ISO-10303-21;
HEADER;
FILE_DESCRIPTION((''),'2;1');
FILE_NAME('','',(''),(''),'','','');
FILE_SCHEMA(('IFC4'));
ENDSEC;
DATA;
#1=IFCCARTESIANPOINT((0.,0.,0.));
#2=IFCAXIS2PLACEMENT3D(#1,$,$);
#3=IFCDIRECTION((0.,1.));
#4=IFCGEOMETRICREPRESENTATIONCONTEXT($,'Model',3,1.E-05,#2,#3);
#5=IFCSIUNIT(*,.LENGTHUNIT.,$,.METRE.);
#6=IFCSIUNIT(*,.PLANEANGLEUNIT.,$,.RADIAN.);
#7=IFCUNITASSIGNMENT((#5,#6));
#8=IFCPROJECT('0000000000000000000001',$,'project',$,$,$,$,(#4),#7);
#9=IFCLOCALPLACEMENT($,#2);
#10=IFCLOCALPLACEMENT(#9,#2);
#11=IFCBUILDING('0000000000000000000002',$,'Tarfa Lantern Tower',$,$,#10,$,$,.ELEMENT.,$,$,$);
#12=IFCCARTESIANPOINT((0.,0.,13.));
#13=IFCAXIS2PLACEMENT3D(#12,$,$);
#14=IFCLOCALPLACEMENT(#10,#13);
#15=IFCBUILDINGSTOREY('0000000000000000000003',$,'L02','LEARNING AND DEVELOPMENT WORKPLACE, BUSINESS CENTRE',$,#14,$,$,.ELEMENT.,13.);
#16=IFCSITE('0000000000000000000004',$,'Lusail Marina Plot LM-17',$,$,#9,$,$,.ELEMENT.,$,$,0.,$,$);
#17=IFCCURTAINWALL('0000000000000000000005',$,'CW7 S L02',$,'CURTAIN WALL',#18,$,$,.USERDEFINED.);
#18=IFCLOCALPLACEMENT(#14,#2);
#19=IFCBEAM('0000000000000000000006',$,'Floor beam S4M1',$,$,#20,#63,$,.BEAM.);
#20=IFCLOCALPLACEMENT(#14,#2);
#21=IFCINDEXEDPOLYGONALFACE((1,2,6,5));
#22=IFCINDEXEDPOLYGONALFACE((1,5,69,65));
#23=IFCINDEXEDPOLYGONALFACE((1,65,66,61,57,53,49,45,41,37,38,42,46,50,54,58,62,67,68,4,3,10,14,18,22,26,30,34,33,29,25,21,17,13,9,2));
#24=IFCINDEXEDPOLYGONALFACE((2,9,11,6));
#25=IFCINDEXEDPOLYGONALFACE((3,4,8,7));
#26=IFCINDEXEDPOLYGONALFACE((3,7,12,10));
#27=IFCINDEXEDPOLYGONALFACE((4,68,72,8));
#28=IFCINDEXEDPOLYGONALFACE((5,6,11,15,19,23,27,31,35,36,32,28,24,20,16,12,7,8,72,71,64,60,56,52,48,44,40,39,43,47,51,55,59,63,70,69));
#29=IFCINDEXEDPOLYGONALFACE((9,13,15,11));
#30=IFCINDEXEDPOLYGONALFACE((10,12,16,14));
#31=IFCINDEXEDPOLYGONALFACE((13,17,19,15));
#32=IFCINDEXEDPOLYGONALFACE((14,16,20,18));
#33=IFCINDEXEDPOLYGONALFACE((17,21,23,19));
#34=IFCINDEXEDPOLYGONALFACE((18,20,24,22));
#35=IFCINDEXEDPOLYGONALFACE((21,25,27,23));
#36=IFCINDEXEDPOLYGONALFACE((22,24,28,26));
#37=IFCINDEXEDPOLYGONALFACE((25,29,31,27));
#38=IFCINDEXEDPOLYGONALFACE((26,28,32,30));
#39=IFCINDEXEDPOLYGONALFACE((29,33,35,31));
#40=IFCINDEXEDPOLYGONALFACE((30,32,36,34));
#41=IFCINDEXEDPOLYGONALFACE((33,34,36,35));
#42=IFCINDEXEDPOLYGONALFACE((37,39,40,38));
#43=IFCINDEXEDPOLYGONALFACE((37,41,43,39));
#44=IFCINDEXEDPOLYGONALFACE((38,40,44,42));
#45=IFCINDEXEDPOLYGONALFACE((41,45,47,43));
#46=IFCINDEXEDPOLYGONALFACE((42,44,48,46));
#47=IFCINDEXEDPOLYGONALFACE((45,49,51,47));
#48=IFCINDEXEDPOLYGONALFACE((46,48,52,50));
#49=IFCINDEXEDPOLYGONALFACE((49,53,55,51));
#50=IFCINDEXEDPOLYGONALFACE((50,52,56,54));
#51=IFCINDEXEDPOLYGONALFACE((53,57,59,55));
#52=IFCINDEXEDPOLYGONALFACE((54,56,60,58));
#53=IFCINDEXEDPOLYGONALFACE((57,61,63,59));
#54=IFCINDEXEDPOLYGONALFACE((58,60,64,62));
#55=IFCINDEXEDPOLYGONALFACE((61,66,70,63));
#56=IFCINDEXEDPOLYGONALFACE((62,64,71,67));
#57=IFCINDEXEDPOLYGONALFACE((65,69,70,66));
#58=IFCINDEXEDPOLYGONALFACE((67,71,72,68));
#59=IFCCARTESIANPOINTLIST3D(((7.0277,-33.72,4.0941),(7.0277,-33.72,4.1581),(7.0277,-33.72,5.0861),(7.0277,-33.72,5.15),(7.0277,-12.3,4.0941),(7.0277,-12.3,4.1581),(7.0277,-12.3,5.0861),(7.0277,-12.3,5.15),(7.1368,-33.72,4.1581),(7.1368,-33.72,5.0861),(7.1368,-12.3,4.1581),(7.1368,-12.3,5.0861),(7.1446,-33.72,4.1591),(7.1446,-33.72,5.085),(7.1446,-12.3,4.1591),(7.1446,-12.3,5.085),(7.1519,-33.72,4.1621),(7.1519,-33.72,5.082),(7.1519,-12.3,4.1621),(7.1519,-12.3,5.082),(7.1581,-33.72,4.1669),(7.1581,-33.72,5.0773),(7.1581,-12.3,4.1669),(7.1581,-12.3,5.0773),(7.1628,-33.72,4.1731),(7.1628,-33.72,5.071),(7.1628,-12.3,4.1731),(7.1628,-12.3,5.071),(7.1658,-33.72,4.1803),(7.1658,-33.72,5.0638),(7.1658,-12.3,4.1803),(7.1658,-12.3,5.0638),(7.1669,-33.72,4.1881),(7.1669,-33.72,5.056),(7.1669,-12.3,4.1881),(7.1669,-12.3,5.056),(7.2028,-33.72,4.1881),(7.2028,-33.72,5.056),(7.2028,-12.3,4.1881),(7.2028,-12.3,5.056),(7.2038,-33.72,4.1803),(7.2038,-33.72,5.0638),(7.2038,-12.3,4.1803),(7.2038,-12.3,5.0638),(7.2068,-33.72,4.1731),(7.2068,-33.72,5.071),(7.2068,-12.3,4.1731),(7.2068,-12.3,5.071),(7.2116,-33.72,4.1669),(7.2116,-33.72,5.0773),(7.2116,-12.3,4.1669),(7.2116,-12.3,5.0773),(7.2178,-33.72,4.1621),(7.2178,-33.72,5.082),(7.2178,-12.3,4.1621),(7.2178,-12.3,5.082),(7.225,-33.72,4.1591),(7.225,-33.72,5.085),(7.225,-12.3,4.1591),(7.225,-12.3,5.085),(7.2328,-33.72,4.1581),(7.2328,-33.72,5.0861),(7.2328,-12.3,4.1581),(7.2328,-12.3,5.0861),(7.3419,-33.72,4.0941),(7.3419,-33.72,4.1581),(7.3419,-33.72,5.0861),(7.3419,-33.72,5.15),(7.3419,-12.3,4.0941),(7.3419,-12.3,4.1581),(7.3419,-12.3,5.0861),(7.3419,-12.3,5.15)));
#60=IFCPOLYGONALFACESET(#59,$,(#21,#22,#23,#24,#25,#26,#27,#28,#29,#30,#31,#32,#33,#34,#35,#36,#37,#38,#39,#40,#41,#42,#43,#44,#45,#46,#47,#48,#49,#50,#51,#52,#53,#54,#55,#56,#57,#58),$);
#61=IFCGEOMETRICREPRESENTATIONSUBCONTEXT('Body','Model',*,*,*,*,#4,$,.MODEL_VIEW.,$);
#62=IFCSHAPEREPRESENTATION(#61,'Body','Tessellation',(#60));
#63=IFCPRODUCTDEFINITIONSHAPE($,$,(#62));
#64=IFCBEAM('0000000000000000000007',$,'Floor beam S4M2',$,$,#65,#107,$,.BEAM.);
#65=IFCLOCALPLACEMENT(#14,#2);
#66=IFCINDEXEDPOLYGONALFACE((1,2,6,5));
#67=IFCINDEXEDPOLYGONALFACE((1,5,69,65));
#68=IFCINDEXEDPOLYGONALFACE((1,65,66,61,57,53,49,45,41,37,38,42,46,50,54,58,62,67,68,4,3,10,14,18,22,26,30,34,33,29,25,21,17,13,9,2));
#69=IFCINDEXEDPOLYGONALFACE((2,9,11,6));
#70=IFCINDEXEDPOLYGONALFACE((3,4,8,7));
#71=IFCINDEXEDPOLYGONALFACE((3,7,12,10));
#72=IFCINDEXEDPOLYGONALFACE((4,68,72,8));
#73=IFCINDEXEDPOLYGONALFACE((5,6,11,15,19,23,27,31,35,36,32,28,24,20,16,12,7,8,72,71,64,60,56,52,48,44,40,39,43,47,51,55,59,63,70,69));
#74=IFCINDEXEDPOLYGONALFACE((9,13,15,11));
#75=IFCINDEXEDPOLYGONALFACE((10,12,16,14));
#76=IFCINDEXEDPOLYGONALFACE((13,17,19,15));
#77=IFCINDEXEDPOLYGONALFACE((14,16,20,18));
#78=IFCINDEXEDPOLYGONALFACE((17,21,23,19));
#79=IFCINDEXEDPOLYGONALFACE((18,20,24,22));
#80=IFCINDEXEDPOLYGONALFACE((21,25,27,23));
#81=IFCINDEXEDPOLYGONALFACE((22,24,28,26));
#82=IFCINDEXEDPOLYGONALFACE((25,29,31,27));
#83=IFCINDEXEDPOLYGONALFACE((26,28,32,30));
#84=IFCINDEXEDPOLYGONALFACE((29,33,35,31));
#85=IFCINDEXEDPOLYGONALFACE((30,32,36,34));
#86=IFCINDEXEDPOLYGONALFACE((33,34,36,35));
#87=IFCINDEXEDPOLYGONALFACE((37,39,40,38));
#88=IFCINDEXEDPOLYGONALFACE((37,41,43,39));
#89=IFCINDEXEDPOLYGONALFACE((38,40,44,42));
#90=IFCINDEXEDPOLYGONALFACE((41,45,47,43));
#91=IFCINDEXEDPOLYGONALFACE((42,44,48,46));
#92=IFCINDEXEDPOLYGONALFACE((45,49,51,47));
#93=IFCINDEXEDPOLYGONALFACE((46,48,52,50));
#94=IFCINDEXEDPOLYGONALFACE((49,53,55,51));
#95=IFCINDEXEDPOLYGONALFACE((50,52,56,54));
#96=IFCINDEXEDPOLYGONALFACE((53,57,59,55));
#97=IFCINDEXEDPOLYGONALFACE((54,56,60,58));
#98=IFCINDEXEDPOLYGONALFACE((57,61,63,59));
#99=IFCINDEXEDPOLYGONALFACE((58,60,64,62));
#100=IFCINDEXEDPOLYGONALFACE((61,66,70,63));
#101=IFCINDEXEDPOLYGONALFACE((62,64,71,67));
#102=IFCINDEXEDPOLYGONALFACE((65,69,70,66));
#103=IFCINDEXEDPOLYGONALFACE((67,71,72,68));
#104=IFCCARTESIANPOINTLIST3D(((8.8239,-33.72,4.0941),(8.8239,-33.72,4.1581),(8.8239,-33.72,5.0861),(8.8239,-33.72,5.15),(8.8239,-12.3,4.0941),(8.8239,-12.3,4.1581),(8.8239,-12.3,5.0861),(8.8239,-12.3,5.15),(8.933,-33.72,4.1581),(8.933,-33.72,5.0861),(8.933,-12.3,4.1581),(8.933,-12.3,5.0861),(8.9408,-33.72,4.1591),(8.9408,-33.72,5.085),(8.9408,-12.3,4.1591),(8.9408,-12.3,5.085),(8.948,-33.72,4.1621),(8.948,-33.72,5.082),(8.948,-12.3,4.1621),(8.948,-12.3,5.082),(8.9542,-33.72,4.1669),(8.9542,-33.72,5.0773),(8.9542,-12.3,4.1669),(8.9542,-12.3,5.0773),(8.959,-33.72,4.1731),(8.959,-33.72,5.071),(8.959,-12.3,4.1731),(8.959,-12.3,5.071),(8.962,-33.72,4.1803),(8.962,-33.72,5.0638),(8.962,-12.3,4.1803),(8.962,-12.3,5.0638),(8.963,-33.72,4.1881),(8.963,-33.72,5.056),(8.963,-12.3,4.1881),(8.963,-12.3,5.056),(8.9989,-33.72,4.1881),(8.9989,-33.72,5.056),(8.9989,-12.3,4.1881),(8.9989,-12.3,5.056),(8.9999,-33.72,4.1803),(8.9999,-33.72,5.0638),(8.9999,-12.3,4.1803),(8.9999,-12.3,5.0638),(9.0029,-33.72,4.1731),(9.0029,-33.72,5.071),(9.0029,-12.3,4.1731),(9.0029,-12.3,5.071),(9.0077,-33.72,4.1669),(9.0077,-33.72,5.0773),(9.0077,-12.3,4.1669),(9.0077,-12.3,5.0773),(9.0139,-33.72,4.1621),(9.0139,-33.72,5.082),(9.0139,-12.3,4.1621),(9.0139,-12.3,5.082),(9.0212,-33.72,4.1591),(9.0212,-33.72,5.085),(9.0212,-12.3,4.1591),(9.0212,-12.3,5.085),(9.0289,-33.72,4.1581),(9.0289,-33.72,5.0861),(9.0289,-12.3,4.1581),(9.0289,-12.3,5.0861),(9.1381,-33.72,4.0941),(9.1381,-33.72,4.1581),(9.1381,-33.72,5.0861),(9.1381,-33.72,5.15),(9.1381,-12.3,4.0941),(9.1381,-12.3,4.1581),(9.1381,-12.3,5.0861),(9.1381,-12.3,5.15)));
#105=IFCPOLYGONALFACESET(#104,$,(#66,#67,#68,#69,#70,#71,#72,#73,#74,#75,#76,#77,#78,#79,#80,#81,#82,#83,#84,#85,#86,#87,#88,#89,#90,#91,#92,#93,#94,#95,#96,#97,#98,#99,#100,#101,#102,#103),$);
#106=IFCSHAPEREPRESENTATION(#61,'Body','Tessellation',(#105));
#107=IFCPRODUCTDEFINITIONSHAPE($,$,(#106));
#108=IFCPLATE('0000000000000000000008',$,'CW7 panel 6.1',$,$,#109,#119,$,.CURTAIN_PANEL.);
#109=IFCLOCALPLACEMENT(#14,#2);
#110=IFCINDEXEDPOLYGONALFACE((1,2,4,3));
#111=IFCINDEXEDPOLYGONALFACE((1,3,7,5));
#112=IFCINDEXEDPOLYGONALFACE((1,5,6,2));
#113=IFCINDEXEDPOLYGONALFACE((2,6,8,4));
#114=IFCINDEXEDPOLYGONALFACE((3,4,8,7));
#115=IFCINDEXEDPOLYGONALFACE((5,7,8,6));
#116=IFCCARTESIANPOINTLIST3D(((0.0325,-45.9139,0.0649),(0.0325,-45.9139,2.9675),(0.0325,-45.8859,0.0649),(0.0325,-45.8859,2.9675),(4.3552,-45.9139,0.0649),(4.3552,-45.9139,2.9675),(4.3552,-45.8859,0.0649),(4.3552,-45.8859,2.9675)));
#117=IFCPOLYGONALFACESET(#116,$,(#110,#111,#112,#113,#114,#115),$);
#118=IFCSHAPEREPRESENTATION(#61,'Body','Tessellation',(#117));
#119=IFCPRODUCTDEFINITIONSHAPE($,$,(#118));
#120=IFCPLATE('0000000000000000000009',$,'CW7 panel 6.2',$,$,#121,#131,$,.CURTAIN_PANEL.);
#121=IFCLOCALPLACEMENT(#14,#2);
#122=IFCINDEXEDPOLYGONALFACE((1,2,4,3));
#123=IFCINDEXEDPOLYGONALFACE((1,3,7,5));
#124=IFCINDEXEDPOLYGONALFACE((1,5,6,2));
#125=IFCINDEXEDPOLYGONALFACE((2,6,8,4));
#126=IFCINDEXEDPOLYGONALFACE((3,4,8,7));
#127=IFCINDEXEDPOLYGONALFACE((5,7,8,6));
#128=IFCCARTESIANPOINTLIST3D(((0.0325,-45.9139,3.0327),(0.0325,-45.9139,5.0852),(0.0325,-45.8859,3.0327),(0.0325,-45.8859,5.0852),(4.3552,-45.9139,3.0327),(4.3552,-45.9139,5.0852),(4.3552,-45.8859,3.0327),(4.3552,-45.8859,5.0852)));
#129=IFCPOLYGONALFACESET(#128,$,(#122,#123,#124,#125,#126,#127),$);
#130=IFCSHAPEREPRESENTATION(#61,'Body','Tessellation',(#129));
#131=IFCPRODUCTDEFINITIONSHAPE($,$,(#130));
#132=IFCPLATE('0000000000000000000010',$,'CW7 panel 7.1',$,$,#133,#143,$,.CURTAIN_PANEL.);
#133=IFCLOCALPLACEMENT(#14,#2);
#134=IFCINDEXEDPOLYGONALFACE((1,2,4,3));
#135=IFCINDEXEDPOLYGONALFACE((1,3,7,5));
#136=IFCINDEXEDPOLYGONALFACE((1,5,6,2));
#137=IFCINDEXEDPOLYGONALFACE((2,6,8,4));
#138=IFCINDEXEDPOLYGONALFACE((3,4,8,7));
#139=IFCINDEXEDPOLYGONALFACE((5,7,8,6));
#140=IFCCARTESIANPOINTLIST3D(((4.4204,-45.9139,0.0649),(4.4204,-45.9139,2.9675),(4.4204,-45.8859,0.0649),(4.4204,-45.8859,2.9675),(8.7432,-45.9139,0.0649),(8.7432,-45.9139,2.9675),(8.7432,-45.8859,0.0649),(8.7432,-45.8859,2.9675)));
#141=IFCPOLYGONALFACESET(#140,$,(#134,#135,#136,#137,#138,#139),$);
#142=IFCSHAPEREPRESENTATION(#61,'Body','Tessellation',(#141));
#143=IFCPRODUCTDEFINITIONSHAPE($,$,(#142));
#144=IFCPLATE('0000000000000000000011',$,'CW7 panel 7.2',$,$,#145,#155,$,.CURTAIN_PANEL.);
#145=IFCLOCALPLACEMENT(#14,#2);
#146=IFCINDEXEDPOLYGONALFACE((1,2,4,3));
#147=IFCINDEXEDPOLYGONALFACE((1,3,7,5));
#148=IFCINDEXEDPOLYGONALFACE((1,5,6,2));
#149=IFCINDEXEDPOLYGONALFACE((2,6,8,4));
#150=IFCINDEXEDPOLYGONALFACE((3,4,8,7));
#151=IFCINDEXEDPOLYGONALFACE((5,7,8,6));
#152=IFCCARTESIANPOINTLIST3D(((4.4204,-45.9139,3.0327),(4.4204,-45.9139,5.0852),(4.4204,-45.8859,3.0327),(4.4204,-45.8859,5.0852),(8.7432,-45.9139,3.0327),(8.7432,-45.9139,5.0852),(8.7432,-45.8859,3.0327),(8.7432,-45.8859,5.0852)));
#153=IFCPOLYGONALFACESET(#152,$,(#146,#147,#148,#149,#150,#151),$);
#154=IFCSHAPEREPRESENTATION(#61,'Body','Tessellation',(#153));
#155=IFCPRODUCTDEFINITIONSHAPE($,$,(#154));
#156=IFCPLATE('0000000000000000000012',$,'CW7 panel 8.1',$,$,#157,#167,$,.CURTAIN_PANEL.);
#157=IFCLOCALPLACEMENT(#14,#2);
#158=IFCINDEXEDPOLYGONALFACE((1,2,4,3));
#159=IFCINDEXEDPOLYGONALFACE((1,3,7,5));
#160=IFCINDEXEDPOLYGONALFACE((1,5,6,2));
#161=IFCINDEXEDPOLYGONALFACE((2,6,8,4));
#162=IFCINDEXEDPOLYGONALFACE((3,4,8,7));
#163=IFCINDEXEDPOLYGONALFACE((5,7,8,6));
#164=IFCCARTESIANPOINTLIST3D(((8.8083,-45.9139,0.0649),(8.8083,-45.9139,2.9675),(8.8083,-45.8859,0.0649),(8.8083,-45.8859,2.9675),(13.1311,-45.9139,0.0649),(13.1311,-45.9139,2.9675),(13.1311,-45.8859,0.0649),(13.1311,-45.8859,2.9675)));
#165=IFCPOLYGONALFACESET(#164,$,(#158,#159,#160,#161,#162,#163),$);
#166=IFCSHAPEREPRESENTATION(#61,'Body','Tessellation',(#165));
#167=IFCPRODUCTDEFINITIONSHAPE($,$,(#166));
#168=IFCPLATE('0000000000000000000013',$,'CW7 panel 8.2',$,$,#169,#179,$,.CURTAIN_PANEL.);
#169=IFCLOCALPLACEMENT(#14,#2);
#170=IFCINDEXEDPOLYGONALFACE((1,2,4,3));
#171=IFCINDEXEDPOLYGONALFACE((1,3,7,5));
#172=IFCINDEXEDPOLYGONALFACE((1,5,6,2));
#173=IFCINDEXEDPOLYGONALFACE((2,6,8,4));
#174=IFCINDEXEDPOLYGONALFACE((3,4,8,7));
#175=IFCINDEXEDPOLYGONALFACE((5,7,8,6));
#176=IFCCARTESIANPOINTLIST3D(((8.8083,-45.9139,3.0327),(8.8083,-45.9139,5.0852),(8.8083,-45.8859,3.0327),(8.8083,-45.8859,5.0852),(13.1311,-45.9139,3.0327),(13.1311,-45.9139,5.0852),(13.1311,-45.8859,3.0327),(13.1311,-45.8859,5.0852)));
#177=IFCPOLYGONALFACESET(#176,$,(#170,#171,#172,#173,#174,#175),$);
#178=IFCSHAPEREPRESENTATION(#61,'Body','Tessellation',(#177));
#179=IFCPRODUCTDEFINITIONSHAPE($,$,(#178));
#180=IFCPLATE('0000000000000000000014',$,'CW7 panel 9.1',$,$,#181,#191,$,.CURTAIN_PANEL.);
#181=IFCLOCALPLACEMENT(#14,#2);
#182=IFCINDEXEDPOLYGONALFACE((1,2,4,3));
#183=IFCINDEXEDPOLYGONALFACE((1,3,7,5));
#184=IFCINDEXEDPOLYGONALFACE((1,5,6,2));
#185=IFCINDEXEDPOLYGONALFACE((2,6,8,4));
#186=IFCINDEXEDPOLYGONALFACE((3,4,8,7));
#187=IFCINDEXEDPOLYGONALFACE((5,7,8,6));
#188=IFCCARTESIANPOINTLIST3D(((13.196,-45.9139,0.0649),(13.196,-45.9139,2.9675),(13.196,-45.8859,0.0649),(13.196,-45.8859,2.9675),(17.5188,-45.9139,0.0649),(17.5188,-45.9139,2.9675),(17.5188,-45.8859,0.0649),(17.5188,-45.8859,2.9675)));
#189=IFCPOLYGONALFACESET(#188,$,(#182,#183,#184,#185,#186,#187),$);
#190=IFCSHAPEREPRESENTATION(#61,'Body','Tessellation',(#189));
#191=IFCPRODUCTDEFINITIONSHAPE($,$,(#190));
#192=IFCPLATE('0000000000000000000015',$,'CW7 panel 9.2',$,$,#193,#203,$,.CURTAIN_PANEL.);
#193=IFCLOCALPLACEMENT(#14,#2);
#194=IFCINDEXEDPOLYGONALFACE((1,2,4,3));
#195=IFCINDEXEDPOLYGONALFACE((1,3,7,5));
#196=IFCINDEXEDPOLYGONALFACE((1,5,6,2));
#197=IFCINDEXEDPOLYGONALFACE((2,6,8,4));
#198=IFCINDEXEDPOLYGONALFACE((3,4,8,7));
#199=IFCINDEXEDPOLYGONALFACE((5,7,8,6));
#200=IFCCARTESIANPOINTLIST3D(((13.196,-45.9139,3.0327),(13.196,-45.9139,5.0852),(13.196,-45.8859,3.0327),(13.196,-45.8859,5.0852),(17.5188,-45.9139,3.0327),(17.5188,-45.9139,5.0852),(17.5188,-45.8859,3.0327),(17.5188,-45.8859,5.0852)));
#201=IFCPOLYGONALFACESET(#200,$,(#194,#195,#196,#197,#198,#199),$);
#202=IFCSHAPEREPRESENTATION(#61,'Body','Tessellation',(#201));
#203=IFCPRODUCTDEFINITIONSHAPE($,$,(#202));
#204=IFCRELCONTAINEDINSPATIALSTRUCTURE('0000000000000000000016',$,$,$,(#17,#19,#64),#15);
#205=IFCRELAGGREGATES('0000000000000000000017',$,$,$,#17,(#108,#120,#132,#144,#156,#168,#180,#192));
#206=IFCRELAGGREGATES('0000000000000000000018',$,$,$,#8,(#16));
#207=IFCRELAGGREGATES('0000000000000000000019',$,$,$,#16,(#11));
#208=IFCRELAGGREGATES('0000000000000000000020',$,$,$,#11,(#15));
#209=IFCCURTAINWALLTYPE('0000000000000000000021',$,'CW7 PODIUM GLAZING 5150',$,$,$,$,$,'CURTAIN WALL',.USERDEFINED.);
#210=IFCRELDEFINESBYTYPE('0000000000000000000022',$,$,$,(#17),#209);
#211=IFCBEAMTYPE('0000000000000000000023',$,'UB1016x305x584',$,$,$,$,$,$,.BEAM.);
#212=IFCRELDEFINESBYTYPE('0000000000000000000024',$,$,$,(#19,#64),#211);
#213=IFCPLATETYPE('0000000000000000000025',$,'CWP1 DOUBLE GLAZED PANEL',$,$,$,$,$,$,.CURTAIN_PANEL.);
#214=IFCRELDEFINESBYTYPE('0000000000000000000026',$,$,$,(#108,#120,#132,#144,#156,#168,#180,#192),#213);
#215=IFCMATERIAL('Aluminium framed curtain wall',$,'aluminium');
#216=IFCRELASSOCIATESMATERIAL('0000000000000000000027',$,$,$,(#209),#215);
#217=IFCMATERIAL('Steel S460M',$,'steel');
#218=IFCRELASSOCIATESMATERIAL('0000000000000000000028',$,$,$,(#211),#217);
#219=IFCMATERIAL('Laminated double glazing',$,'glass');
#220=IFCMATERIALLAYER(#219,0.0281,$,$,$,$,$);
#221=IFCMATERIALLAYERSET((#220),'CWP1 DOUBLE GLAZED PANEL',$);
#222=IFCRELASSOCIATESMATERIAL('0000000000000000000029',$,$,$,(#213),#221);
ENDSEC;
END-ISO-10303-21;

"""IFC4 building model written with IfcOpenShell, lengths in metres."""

from ifc_helpers import new_model, si_unit, direction, frame, origin, origin_2d, place, context, subcontext, project, spatial, rectangle, i_section, extrude, material, layer, layer_set, material_profile, profile_set, type_object, element, aggregate, save


model = new_model("IFC4")

# Units and contexts
model_context = context("Model", 3, precision=1e-05, world=origin(), true_north=direction((0.0, 1.0)))
body_context = subcontext(model_context, "Body", "Model", "MODEL_VIEW")
ifc_project = project(units=[si_unit("LENGTHUNIT", "METRE"), si_unit("PLANEANGLEUNIT", "RADIAN")], contexts=[model_context])

# Site, building, storey
site_placement = place(None, origin())
site = spatial("IfcSite", under=ifc_project, at=site_placement, Name="Lusail Marina Plot LM-17", CompositionType="ELEMENT", RefElevation=0.0)
building_placement = place(site_placement, origin())
building = spatial("IfcBuilding", under=site, at=building_placement, Name="Tarfa Lantern Tower", CompositionType="ELEMENT")
storey_placement = place(building_placement, frame((0.0, 0.0, 13.0)))
storey = spatial("IfcBuildingStorey", under=building, at=storey_placement, Name="L02", Description="LEARNING AND DEVELOPMENT WORKPLACE, BUSINESS CENTRE", CompositionType="ELEMENT", Elevation=13.0)

# Curtain wall
ifc_material_1 = material(Name="Aluminium framed curtain wall", Category="aluminium")
curtain_wall_type = type_object("IfcCurtainWallType", Name="CW7 PODIUM GLAZING 5150", ElementType="CURTAIN WALL", PredefinedType="USERDEFINED", material=ifc_material_1)
curtain_wall_placement = place(storey_placement, origin())
curtain_wall = element("IfcCurtainWall", 1, at=curtain_wall_placement, inside=storey, type_object=curtain_wall_type, Name="CW7 S L02", ObjectType="CURTAIN WALL", PredefinedType="USERDEFINED")

# Beams
ifc_material_2 = material(Name="Steel S460M", Category="steel")
ifc_material_profile_1 = material_profile(ifc_material_2, i_section(OverallWidth=0.3142, OverallDepth=1.0559, WebThickness=0.0359, FlangeThickness=0.064, FilletRadius=0.03, at=origin_2d()), Name="UB1016x305x584")
ifc_profile_set_1 = profile_set([ifc_material_profile_1], Name="Steel S460M")
beam_type_1 = type_object("IfcBeamType", Name="UB1016x305x584", PredefinedType="BEAM", material=ifc_profile_set_1)
for number, where, z_axis, x_axis, name in (
    (2, (7.1848, -33.72, 4.6221), (0.0, 1.0, 0.0), (-1.0, 0.0, 0.0), "Floor beam S4M1"),
    (3, (8.981, -33.72, 4.6221), (0.0, 1.0, 0.0), (-1.0, 0.0, 0.0), "Floor beam S4M2"),
):
    element("IfcBeam", number, at=place(storey_placement, frame(where, z_axis=z_axis, x_axis=x_axis)), inside=storey, type_object=beam_type_1, Name=name, PredefinedType="BEAM", context=body_context, shape_type="SweptSolid", body=[
        extrude(i_section(OverallWidth=0.3142, OverallDepth=1.0559, WebThickness=0.0359, FlangeThickness=0.064, FilletRadius=0.03, at=origin_2d()), origin(), (0.0, 0.0, 1.0), 21.4199),
    ])

# Plates
ifc_material_3 = material(Name="Laminated double glazing", Category="glass")
ifc_layer_1 = layer(ifc_material_3, 0.0281)
ifc_layer_set_1 = layer_set([ifc_layer_1], Name="CWP1 DOUBLE GLAZED PANEL")
plate_type = type_object("IfcPlateType", Name="CWP1 DOUBLE GLAZED PANEL", PredefinedType="CURTAIN_PANEL", material=ifc_layer_set_1)
plate_1_placement = place(storey_placement, frame((2.1938, -45.8999, 0.0649), z_axis=(0.0, 0.0, 1.0), x_axis=(1.0, 0.0, 0.0)))
plate_1 = element("IfcPlate", 4, at=plate_1_placement, type_object=plate_type, Name="CW7 panel 6.1", PredefinedType="CURTAIN_PANEL", context=body_context, shape_type="SweptSolid", body=[
    extrude(rectangle(XDim=4.3228, YDim=0.0281, at=origin_2d()), origin(), (0.0, 0.0, 1.0), 2.9026),
])
plate_2_placement = place(storey_placement, frame((2.1938, -45.8999, 3.0327), z_axis=(0.0, 0.0, 1.0), x_axis=(1.0, 0.0, 0.0)))
plate_2 = element("IfcPlate", 5, at=plate_2_placement, type_object=plate_type, Name="CW7 panel 6.2", PredefinedType="CURTAIN_PANEL", context=body_context, shape_type="SweptSolid", body=[
    extrude(rectangle(XDim=4.3228, YDim=0.0281, at=origin_2d()), origin(), (0.0, 0.0, 1.0), 2.0525),
])
plate_3_placement = place(storey_placement, frame((6.5818, -45.8999, 0.0649), z_axis=(0.0, 0.0, 1.0), x_axis=(1.0, 0.0, 0.0)))
plate_3 = element("IfcPlate", 6, at=plate_3_placement, type_object=plate_type, Name="CW7 panel 7.1", PredefinedType="CURTAIN_PANEL", context=body_context, shape_type="SweptSolid", body=[
    extrude(rectangle(XDim=4.3228, YDim=0.0281, at=origin_2d()), origin(), (0.0, 0.0, 1.0), 2.9026),
])
plate_4_placement = place(storey_placement, frame((6.5818, -45.8999, 3.0327), z_axis=(0.0, 0.0, 1.0), x_axis=(1.0, 0.0, 0.0)))
plate_4 = element("IfcPlate", 7, at=plate_4_placement, type_object=plate_type, Name="CW7 panel 7.2", PredefinedType="CURTAIN_PANEL", context=body_context, shape_type="SweptSolid", body=[
    extrude(rectangle(XDim=4.3228, YDim=0.0281, at=origin_2d()), origin(), (0.0, 0.0, 1.0), 2.0525),
])
plate_5_placement = place(storey_placement, frame((10.9697, -45.8999, 0.0649), z_axis=(0.0, 0.0, 1.0), x_axis=(1.0, 0.0, 0.0)))
plate_5 = element("IfcPlate", 8, at=plate_5_placement, type_object=plate_type, Name="CW7 panel 8.1", PredefinedType="CURTAIN_PANEL", context=body_context, shape_type="SweptSolid", body=[
    extrude(rectangle(XDim=4.3228, YDim=0.0281, at=origin_2d()), origin(), (0.0, 0.0, 1.0), 2.9026),
])
plate_6_placement = place(storey_placement, frame((10.9697, -45.8999, 3.0327), z_axis=(0.0, 0.0, 1.0), x_axis=(1.0, 0.0, 0.0)))
plate_6 = element("IfcPlate", 9, at=plate_6_placement, type_object=plate_type, Name="CW7 panel 8.2", PredefinedType="CURTAIN_PANEL", context=body_context, shape_type="SweptSolid", body=[
    extrude(rectangle(XDim=4.3228, YDim=0.0281, at=origin_2d()), origin(), (0.0, 0.0, 1.0), 2.0525),
])
plate_7_placement = place(storey_placement, frame((15.3574, -45.8999, 0.0649), z_axis=(0.0, 0.0, 1.0), x_axis=(1.0, 0.0, 0.0)))
plate_7 = element("IfcPlate", 10, at=plate_7_placement, type_object=plate_type, Name="CW7 panel 9.1", PredefinedType="CURTAIN_PANEL", context=body_context, shape_type="SweptSolid", body=[
    extrude(rectangle(XDim=4.3228, YDim=0.0281, at=origin_2d()), origin(), (0.0, 0.0, 1.0), 2.9026),
])
plate_8_placement = place(storey_placement, frame((15.3574, -45.8999, 3.0327), z_axis=(0.0, 0.0, 1.0), x_axis=(1.0, 0.0, 0.0)))
plate_8 = element("IfcPlate", 11, at=plate_8_placement, type_object=plate_type, Name="CW7 panel 9.2", PredefinedType="CURTAIN_PANEL", context=body_context, shape_type="SweptSolid", body=[
    extrude(rectangle(XDim=4.3228, YDim=0.0281, at=origin_2d()), origin(), (0.0, 0.0, 1.0), 2.0525),
])
aggregate(curtain_wall, [plate_1, plate_2, plate_3, plate_4, plate_5, plate_6, plate_7, plate_8])

save(model, "model.ifc")
